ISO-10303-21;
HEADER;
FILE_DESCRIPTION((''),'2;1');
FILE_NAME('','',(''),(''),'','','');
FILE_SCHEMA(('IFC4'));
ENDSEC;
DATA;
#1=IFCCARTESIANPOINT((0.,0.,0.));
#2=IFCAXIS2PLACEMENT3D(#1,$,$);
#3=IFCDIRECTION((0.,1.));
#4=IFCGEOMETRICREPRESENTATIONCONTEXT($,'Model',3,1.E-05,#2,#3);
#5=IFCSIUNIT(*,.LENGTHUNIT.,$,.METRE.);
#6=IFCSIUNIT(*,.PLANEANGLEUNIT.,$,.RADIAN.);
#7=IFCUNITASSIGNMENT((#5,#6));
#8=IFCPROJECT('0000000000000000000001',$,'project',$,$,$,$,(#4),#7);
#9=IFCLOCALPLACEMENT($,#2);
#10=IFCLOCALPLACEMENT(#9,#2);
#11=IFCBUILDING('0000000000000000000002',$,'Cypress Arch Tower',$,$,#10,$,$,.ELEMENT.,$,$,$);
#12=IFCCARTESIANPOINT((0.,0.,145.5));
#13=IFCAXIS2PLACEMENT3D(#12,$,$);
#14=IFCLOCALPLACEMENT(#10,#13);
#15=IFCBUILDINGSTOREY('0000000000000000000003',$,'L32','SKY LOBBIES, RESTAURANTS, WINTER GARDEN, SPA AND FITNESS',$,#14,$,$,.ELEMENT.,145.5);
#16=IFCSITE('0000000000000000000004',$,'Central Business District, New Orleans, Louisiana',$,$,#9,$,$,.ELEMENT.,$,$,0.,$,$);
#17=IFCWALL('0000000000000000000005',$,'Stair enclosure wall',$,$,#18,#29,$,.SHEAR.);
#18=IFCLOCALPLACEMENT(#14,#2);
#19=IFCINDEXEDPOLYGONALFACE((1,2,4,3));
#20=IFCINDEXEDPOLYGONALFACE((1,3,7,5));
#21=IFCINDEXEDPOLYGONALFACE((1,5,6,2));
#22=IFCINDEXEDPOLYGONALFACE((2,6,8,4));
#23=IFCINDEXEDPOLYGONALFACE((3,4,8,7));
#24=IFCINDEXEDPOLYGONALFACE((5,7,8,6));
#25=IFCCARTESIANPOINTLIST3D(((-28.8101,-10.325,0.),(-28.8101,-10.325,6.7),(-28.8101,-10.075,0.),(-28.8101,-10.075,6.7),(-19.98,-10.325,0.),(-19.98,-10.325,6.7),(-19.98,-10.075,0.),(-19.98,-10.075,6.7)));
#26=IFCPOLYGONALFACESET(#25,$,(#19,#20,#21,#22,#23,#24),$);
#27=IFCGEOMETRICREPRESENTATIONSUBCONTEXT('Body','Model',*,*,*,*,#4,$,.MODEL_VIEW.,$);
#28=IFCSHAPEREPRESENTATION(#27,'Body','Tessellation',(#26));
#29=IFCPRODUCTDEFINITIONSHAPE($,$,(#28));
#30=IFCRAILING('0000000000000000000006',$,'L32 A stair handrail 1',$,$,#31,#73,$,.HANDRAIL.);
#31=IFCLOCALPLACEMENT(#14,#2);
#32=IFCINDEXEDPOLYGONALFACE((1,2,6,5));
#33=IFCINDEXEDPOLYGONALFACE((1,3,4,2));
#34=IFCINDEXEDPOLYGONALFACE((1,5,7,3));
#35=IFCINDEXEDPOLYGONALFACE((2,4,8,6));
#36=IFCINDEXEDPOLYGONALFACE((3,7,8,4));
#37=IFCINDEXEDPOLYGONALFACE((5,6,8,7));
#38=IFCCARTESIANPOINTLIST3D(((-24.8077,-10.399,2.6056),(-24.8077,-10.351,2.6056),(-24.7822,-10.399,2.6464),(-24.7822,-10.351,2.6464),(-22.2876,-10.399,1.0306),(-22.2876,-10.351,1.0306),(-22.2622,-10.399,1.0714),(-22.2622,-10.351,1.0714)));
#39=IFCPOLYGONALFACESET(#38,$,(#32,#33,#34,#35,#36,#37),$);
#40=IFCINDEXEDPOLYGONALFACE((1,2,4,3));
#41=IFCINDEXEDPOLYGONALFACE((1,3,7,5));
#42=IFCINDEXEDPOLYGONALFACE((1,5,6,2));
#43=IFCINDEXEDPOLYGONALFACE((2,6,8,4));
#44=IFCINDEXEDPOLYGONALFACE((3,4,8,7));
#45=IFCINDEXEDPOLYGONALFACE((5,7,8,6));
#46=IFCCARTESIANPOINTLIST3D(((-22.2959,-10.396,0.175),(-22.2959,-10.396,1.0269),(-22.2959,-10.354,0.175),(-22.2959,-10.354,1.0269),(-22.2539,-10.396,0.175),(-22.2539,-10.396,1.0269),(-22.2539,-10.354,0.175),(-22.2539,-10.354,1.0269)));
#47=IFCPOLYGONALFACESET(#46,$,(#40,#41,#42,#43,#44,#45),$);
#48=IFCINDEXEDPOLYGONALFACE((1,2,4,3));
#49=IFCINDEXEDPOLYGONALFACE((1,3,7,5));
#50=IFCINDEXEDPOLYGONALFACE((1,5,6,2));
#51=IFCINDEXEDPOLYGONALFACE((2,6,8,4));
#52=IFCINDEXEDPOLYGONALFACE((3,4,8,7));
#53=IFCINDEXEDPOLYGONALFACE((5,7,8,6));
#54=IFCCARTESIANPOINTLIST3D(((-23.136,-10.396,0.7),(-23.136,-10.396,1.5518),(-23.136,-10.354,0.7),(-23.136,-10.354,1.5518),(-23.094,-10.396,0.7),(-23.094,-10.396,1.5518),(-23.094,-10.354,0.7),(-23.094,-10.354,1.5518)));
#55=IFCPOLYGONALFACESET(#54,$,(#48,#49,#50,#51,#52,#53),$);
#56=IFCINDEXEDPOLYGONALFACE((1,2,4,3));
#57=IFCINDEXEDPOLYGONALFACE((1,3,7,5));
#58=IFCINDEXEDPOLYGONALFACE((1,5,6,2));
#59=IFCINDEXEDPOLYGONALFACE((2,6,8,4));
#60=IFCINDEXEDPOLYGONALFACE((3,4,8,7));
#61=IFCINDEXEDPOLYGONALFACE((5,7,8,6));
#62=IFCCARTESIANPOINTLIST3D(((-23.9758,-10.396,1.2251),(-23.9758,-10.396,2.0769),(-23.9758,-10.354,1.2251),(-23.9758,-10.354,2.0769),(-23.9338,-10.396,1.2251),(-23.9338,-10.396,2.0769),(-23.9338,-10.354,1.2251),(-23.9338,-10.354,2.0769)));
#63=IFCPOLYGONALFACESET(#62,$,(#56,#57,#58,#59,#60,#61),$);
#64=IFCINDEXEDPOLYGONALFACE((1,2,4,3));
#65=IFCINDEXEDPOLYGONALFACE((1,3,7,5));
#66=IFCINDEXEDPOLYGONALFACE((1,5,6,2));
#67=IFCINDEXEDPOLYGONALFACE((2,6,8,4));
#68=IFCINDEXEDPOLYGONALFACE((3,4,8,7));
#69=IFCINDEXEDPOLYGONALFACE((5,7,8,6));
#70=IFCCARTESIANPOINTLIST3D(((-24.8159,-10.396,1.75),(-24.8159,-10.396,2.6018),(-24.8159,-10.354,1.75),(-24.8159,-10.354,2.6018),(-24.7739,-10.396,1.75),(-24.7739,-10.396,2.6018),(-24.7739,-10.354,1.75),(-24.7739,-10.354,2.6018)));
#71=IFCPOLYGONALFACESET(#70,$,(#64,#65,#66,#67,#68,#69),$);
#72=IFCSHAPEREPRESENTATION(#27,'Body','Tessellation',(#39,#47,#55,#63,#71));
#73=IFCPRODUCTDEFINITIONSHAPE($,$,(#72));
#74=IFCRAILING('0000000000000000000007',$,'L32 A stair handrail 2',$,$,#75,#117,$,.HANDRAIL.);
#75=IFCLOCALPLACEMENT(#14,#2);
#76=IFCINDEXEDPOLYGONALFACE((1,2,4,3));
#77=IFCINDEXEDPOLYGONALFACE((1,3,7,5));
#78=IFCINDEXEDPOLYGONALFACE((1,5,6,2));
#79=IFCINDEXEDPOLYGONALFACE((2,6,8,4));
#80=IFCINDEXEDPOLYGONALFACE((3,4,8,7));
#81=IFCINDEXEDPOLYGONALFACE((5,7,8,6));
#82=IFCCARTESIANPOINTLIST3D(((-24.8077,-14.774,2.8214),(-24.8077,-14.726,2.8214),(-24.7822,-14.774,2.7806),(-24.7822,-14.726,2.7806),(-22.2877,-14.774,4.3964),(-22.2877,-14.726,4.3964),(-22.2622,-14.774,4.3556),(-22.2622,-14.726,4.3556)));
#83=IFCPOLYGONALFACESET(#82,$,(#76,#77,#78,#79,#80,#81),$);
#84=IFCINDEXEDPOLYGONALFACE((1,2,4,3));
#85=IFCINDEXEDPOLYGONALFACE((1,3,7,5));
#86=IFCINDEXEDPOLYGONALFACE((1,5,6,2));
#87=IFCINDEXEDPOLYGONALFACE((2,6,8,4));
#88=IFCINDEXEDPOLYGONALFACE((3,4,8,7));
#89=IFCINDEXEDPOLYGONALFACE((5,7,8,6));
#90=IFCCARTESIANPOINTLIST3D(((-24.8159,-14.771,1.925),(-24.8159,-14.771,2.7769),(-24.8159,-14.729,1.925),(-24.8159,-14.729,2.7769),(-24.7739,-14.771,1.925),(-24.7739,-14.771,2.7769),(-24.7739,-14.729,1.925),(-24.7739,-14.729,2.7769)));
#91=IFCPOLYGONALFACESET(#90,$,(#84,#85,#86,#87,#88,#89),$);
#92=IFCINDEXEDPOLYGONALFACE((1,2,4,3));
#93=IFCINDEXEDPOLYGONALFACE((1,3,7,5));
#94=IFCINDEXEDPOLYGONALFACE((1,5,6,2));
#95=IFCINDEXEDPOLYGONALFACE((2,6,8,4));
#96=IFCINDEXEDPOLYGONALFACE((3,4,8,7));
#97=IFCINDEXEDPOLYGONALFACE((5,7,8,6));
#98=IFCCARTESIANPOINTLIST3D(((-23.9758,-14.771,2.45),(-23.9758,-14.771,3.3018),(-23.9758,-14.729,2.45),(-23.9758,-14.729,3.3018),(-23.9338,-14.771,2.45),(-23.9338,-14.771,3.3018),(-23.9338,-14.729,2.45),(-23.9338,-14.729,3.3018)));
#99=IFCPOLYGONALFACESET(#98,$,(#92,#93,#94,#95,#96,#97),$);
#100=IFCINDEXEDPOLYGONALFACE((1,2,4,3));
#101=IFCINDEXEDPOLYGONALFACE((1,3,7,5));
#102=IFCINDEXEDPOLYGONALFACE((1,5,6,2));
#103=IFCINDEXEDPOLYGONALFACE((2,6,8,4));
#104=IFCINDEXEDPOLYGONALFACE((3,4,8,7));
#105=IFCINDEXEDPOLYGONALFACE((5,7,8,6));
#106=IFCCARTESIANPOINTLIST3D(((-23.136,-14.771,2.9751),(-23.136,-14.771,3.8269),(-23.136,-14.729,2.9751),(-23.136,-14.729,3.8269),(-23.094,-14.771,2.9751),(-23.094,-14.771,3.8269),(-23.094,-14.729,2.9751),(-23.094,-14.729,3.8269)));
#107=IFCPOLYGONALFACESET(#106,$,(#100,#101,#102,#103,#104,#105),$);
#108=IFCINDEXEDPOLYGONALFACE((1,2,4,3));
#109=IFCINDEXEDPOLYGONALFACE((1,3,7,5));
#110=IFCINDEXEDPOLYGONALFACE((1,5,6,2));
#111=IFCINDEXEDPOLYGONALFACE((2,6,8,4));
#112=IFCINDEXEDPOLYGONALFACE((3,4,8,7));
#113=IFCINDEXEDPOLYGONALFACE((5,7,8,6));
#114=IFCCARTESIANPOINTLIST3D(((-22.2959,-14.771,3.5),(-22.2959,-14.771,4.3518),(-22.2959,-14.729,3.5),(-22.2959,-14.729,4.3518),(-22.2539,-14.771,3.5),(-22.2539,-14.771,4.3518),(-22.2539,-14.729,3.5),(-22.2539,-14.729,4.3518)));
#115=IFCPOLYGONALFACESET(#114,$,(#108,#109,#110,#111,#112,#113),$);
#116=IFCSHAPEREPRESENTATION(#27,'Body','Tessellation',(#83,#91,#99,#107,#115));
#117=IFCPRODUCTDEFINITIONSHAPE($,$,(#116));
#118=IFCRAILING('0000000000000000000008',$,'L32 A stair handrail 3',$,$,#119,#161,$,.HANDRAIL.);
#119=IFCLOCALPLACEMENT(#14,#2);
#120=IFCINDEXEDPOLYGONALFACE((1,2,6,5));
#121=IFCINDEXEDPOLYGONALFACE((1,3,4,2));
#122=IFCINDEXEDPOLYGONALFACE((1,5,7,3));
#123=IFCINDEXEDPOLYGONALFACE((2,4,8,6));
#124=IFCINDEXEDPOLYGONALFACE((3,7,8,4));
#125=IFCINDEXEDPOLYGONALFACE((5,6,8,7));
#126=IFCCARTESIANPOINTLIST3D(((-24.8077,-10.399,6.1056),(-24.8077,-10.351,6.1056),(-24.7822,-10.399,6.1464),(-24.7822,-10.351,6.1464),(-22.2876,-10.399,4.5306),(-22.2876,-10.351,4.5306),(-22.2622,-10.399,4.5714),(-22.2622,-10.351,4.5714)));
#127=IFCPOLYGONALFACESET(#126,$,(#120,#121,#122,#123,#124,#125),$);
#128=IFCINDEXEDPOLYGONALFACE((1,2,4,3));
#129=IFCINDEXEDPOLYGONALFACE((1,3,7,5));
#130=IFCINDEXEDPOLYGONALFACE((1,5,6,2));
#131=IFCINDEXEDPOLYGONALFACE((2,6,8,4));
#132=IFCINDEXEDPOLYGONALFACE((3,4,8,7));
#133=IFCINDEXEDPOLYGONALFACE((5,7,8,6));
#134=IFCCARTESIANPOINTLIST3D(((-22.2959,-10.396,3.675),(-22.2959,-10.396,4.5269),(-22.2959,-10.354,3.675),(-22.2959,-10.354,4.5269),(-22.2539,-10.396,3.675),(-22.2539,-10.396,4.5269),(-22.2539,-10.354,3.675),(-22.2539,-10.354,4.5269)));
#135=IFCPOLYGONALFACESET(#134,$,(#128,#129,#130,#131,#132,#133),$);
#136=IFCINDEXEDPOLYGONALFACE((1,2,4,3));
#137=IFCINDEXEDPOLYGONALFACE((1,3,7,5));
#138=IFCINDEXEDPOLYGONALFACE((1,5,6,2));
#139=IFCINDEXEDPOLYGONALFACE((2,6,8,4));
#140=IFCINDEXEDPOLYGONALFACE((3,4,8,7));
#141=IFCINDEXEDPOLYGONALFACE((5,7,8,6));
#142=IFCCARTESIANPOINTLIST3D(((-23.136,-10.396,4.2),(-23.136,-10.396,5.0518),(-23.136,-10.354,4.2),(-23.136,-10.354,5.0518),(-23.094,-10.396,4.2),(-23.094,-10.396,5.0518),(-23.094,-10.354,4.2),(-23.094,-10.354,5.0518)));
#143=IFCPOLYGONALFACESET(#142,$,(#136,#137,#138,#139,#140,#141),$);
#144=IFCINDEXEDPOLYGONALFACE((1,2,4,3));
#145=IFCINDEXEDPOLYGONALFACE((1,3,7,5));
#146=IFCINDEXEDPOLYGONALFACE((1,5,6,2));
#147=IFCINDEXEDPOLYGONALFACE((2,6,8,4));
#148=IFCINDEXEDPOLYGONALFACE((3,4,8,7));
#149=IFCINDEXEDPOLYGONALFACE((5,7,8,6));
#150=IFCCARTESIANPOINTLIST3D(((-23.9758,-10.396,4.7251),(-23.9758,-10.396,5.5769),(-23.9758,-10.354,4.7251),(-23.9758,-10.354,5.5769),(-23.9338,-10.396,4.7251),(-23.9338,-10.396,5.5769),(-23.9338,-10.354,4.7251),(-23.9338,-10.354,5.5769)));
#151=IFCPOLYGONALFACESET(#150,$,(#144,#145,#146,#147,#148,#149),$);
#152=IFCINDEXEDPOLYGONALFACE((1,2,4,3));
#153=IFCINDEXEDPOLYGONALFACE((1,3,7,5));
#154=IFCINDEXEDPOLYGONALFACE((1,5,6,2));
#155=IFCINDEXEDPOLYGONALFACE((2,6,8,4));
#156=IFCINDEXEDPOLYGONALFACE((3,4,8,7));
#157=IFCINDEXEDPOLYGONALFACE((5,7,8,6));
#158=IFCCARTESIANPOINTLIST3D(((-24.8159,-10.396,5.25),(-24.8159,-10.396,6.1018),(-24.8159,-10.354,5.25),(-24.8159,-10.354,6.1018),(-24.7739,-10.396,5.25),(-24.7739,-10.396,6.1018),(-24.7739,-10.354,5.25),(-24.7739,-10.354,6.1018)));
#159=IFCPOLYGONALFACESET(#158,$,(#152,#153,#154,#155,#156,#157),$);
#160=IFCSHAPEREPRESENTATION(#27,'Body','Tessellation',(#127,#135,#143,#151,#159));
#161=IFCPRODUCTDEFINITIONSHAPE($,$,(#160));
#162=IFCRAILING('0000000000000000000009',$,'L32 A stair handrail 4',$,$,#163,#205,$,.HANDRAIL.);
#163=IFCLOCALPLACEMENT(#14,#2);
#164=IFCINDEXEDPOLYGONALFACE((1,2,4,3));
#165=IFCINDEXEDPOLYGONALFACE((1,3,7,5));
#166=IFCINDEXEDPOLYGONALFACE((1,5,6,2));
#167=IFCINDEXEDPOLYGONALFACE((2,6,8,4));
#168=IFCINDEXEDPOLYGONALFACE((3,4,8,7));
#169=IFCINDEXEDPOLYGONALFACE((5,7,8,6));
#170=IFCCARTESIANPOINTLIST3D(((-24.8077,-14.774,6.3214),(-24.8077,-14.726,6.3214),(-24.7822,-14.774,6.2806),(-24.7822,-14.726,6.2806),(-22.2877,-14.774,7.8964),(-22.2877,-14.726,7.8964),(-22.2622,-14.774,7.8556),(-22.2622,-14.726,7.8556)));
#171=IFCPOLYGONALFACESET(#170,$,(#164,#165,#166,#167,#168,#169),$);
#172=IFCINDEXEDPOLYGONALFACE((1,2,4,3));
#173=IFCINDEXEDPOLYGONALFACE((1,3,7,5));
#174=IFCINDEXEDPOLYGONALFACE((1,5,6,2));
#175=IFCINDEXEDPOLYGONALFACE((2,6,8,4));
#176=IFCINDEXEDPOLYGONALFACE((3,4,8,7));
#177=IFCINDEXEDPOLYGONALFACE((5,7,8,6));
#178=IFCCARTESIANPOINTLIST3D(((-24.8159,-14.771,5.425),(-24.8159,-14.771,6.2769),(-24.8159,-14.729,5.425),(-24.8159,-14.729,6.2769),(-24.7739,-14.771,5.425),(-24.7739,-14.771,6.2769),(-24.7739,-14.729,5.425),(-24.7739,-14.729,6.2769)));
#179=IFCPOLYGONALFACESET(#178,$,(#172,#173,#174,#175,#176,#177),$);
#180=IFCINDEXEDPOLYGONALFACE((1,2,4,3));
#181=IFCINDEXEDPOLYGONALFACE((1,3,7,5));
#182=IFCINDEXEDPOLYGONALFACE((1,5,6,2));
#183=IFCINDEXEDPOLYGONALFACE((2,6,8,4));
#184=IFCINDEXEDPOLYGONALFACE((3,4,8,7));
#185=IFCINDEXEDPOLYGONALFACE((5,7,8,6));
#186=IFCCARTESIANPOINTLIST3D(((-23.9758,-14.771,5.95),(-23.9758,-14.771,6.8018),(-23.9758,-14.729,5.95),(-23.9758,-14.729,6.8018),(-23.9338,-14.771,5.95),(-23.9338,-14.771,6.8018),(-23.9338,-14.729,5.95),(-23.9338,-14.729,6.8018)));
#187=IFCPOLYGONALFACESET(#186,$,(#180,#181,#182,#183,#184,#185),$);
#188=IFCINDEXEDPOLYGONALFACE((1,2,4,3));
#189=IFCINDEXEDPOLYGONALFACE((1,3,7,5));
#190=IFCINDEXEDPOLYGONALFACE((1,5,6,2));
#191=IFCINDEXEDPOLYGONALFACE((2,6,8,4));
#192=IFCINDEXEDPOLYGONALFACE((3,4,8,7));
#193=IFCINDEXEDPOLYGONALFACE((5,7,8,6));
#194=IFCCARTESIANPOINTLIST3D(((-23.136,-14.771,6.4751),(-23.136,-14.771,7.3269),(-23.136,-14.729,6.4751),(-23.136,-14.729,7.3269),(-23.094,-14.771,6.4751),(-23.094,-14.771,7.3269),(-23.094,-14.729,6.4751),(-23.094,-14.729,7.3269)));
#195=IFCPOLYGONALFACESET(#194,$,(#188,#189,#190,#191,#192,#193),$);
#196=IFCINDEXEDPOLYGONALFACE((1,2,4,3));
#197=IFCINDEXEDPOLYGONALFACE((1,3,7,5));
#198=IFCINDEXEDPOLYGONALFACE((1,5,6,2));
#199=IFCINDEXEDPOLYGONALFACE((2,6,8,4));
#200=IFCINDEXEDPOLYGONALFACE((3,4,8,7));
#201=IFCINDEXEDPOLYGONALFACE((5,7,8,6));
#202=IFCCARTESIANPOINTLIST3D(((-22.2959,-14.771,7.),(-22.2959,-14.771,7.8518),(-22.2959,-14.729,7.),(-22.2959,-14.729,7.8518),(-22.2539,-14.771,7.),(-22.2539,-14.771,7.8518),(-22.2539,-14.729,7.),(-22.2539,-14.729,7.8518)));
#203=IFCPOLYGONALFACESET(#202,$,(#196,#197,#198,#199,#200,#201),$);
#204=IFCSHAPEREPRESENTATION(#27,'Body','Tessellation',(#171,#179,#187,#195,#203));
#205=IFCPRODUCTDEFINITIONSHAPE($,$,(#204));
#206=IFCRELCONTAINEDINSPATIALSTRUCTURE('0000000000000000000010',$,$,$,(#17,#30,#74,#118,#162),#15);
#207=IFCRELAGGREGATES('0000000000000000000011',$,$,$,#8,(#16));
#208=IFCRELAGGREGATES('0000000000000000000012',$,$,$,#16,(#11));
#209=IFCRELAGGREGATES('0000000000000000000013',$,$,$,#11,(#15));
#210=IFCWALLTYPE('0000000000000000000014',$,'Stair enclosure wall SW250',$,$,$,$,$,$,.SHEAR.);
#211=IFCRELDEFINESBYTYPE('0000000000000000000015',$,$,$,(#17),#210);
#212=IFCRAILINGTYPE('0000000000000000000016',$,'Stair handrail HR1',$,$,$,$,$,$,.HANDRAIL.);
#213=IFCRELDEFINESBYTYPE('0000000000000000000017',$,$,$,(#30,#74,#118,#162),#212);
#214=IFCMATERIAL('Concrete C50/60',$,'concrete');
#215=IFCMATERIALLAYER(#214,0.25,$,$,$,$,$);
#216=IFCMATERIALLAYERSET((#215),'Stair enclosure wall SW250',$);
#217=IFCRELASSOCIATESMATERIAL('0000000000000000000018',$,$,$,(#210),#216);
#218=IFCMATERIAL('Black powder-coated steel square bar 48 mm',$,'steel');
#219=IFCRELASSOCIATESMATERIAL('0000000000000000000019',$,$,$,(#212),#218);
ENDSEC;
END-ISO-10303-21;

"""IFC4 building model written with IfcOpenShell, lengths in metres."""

from ifc_helpers import new_model, si_unit, direction, frame, frame_2d, origin, origin_2d, place, context, subcontext, project, spatial, rectangle, extrude, material, layer, layer_set, type_object, element, save


model = new_model("IFC4")

# Units and contexts
model_context = context("Model", 3, precision=1e-05, world=origin(), true_north=direction((0.0, 1.0)))
body_context = subcontext(model_context, "Body", "Model", "MODEL_VIEW")
ifc_project = project(units=[si_unit("LENGTHUNIT", "METRE"), si_unit("PLANEANGLEUNIT", "RADIAN")], contexts=[model_context])

# Site, building, storey
site_placement = place(None, origin())
site = spatial("IfcSite", under=ifc_project, at=site_placement, Name="Central Business District, New Orleans, Louisiana", CompositionType="ELEMENT", RefElevation=0.0)
building_placement = place(site_placement, origin())
building = spatial("IfcBuilding", under=site, at=building_placement, Name="Cypress Arch Tower", CompositionType="ELEMENT")
storey_placement = place(building_placement, frame((0.0, 0.0, 145.5)))
storey = spatial("IfcBuildingStorey", under=building, at=storey_placement, Name="L32", Description="SKY LOBBIES, RESTAURANTS, WINTER GARDEN, SPA AND FITNESS", CompositionType="ELEMENT", Elevation=145.5)

# Wall
ifc_material_1 = material(Name="Concrete C50/60", Category="concrete")
ifc_layer_1 = layer(ifc_material_1, 0.25)
ifc_layer_set_1 = layer_set([ifc_layer_1], Name="Stair enclosure wall SW250")
wall_type_1 = type_object("IfcWallType", Name="Stair enclosure wall SW250", PredefinedType="SHEAR", material=ifc_layer_set_1)
wall_1_placement = place(storey_placement, frame((-28.8101, -10.2, 0.0), z_axis=(0.0, 0.0, 1.0), x_axis=(1.0, 0.0, 0.0)))
element("IfcWall", 1, at=wall_1_placement, inside=storey, type_object=wall_type_1, Name="Stair enclosure wall", PredefinedType="SHEAR", context=body_context, shape_type="SweptSolid", body=[
    extrude(rectangle(XDim=8.8301, YDim=0.25, at=frame_2d((4.415, 0.0))), origin(), (0.0, 0.0, 1.0), 6.7),
])

# Railings
ifc_material_2 = material(Name="Black powder-coated steel square bar 48 mm", Category="steel")
railing_type_1 = type_object("IfcRailingType", Name="Stair handrail HR1", PredefinedType="HANDRAIL", material=ifc_material_2)
railing_1_placement = place(storey_placement, frame((-22.2749, -10.375, 0.175)))
element("IfcRailing", 2, at=railing_1_placement, inside=storey, type_object=railing_type_1, Name="L32 A stair handrail 1", PredefinedType="HANDRAIL", context=body_context, shape_type="SweptSolid", body=[
    extrude(rectangle(XDim=0.0481, YDim=0.0481, at=origin_2d()), frame((0.0, 0.0, 0.876), z_axis=(-0.848008, 0.0, 0.529984), x_axis=(0.0, -1.0, 0.0)), (0.0, 0.0, 1.0), 2.9717),
    extrude(rectangle(XDim=0.042, YDim=0.042, at=origin_2d()), origin(), (0.0, 0.0, 1.0), 0.8518),
    extrude(rectangle(XDim=0.042, YDim=0.042, at=origin_2d()), frame((-0.8401, 0.0, 0.5249)), (0.0, 0.0, 1.0), 0.8518),
    extrude(rectangle(XDim=0.042, YDim=0.042, at=origin_2d()), frame((-1.6799, 0.0, 1.05)), (0.0, 0.0, 1.0), 0.8518),
    extrude(rectangle(XDim=0.042, YDim=0.042, at=origin_2d()), frame((-2.52, 0.0, 1.575)), (0.0, 0.0, 1.0), 0.8518),
])
railing_2_placement = place(storey_placement, frame((-24.7949, -14.75, 1.925)))
element("IfcRailing", 3, at=railing_2_placement, inside=storey, type_object=railing_type_1, Name="L32 A stair handrail 2", PredefinedType="HANDRAIL", context=body_context, shape_type="SweptSolid", body=[
    extrude(rectangle(XDim=0.0481, YDim=0.0481, at=origin_2d()), frame((0.0, 0.0, 0.876), z_axis=(0.848008, 0.0, 0.529984), x_axis=(0.0, 1.0, 0.0)), (0.0, 0.0, 1.0), 2.9717),
    extrude(rectangle(XDim=0.042, YDim=0.042, at=origin_2d()), origin(), (0.0, 0.0, 1.0), 0.8518),
    extrude(rectangle(XDim=0.042, YDim=0.042, at=origin_2d()), frame((0.8401, 0.0, 0.5249)), (0.0, 0.0, 1.0), 0.8518),
    extrude(rectangle(XDim=0.042, YDim=0.042, at=origin_2d()), frame((1.6799, 0.0, 1.05)), (0.0, 0.0, 1.0), 0.8518),
    extrude(rectangle(XDim=0.042, YDim=0.042, at=origin_2d()), frame((2.52, 0.0, 1.575)), (0.0, 0.0, 1.0), 0.8518),
])
railing_3_placement = place(storey_placement, frame((-22.2749, -10.375, 3.675)))
element("IfcRailing", 4, at=railing_3_placement, inside=storey, type_object=railing_type_1, Name="L32 A stair handrail 3", PredefinedType="HANDRAIL", context=body_context, shape_type="SweptSolid", body=[
    extrude(rectangle(XDim=0.0481, YDim=0.0481, at=origin_2d()), frame((0.0, 0.0, 0.876), z_axis=(-0.848008, 0.0, 0.529984), x_axis=(0.0, -1.0, 0.0)), (0.0, 0.0, 1.0), 2.9717),
    extrude(rectangle(XDim=0.042, YDim=0.042, at=origin_2d()), origin(), (0.0, 0.0, 1.0), 0.8518),
    extrude(rectangle(XDim=0.042, YDim=0.042, at=origin_2d()), frame((-0.8401, 0.0, 0.5249)), (0.0, 0.0, 1.0), 0.8518),
    extrude(rectangle(XDim=0.042, YDim=0.042, at=origin_2d()), frame((-1.6799, 0.0, 1.05)), (0.0, 0.0, 1.0), 0.8518),
    extrude(rectangle(XDim=0.042, YDim=0.042, at=origin_2d()), frame((-2.52, 0.0, 1.575)), (0.0, 0.0, 1.0), 0.8518),
])
railing_4_placement = place(storey_placement, frame((-24.7949, -14.75, 5.425)))
element("IfcRailing", 5, at=railing_4_placement, inside=storey, type_object=railing_type_1, Name="L32 A stair handrail 4", PredefinedType="HANDRAIL", context=body_context, shape_type="SweptSolid", body=[
    extrude(rectangle(XDim=0.0481, YDim=0.0481, at=origin_2d()), frame((0.0, 0.0, 0.876), z_axis=(0.848008, 0.0, 0.529984), x_axis=(0.0, 1.0, 0.0)), (0.0, 0.0, 1.0), 2.9717),
    extrude(rectangle(XDim=0.042, YDim=0.042, at=origin_2d()), origin(), (0.0, 0.0, 1.0), 0.8518),
    extrude(rectangle(XDim=0.042, YDim=0.042, at=origin_2d()), frame((0.8401, 0.0, 0.5249)), (0.0, 0.0, 1.0), 0.8518),
    extrude(rectangle(XDim=0.042, YDim=0.042, at=origin_2d()), frame((1.6799, 0.0, 1.05)), (0.0, 0.0, 1.0), 0.8518),
    extrude(rectangle(XDim=0.042, YDim=0.042, at=origin_2d()), frame((2.52, 0.0, 1.575)), (0.0, 0.0, 1.0), 0.8518),
])

save(model, "model.ifc")
